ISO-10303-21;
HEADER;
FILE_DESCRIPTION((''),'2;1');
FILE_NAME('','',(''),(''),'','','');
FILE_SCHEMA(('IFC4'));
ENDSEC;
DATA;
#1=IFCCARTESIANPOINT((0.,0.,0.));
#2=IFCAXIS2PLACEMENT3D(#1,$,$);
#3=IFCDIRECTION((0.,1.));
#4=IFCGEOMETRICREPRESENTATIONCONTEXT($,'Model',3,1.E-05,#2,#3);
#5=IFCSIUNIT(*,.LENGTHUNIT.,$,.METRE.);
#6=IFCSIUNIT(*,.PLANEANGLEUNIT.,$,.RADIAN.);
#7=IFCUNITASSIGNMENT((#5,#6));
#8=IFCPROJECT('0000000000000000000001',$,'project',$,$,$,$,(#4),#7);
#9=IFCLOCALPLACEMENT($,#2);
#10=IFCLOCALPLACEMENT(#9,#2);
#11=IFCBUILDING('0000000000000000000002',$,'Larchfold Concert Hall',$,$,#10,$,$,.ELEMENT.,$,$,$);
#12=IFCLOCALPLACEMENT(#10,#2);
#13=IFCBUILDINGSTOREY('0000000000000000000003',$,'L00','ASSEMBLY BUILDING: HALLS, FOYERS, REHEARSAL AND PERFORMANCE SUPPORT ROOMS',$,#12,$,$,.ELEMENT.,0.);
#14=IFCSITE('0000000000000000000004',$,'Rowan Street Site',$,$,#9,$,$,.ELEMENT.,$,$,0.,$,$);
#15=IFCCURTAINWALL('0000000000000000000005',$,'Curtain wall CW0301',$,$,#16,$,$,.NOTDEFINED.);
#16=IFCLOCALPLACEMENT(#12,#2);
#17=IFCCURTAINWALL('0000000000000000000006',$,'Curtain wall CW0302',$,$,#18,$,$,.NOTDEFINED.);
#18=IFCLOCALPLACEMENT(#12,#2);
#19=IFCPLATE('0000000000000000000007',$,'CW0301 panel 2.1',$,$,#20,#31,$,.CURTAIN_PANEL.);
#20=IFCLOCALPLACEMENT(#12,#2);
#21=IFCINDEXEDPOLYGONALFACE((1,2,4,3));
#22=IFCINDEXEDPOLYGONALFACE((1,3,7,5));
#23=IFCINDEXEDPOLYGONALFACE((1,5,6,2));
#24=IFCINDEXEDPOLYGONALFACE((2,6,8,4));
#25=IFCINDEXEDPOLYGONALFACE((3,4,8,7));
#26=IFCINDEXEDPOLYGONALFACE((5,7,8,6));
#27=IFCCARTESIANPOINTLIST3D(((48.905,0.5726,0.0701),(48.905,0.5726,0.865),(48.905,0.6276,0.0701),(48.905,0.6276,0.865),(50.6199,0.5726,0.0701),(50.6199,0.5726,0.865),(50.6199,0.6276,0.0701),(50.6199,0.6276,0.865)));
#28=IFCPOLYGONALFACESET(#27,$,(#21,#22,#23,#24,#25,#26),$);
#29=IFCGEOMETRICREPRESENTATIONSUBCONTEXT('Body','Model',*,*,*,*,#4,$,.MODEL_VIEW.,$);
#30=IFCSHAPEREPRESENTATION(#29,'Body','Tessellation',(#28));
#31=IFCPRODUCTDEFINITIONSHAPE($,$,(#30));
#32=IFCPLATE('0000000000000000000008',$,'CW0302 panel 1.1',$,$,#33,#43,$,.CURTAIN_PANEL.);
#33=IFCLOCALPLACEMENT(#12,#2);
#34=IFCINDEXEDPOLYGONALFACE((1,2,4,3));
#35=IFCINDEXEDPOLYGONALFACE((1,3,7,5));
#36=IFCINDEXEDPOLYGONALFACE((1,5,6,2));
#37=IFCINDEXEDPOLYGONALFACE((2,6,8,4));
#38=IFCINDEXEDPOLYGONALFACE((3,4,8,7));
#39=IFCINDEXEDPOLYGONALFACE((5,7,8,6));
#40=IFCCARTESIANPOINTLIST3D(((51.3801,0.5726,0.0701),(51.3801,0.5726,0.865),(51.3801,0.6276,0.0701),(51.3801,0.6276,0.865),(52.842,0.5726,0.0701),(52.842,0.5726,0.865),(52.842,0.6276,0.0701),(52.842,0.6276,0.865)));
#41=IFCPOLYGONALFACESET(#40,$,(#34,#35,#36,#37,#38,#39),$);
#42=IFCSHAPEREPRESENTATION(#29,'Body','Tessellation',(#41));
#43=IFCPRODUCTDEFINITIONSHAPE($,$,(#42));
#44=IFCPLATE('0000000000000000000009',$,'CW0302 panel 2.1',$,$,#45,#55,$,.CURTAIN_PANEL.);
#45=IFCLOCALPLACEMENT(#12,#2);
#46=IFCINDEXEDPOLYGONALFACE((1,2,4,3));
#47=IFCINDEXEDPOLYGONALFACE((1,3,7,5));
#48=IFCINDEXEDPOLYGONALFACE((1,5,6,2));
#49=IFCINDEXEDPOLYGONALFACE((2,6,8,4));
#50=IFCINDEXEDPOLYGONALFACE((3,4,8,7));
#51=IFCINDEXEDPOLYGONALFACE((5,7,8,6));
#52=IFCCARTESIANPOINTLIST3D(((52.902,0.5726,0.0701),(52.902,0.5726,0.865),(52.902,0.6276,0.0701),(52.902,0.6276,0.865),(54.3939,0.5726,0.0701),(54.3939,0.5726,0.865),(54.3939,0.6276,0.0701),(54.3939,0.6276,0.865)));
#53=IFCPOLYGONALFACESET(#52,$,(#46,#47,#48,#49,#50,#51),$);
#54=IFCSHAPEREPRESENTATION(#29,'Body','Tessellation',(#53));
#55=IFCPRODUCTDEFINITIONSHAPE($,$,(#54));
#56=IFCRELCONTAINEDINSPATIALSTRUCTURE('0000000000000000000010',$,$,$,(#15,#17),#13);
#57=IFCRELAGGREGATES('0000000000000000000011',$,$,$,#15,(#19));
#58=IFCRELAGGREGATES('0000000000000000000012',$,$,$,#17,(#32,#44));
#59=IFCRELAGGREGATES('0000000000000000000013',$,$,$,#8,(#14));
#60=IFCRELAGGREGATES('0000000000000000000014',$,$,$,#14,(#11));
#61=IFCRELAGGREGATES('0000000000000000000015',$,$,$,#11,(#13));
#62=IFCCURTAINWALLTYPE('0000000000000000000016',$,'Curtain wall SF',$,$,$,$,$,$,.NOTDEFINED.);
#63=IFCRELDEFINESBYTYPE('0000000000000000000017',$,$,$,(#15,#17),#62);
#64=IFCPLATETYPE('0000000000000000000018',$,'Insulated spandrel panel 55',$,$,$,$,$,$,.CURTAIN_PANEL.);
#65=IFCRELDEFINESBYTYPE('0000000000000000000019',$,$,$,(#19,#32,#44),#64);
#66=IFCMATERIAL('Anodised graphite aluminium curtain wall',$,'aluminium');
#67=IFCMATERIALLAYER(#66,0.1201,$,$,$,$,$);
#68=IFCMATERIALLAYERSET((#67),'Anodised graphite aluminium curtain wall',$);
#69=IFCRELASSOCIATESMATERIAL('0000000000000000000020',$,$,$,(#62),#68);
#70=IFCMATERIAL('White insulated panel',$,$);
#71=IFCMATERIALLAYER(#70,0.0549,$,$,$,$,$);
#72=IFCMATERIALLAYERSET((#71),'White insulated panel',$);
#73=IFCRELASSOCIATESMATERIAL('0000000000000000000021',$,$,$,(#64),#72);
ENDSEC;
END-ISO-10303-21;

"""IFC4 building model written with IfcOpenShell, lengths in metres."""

from ifc_helpers import new_model, si_unit, direction, frame, origin, origin_2d, place, context, subcontext, project, spatial, rectangle, extrude, material, layer, layer_set, type_object, element, aggregate, save


model = new_model("IFC4")

# Units and contexts
model_context = context("Model", 3, precision=1e-05, world=origin(), true_north=direction((0.0, 1.0)))
body_context = subcontext(model_context, "Body", "Model", "MODEL_VIEW")
ifc_project = project(units=[si_unit("LENGTHUNIT", "METRE"), si_unit("PLANEANGLEUNIT", "RADIAN")], contexts=[model_context])

# Site, building, storey
site_placement = place(None, origin())
site = spatial("IfcSite", under=ifc_project, at=site_placement, Name="Rowan Street Site", CompositionType="ELEMENT", RefElevation=0.0)
building_placement = place(site_placement, origin())
building = spatial("IfcBuilding", under=site, at=building_placement, Name="Larchfold Concert Hall", CompositionType="ELEMENT")
storey_placement = place(building_placement, origin())
storey = spatial("IfcBuildingStorey", under=building, at=storey_placement, Name="L00", Description="ASSEMBLY BUILDING: HALLS, FOYERS, REHEARSAL AND PERFORMANCE SUPPORT ROOMS", CompositionType="ELEMENT", Elevation=0.0)

# Curtain walls
ifc_material_1 = material(Name="Anodised graphite aluminium curtain wall", Category="aluminium")
ifc_layer_1 = layer(ifc_material_1, 0.1201)
ifc_layer_set_1 = layer_set([ifc_layer_1], Name="Anodised graphite aluminium curtain wall")
curtain_wall_type = type_object("IfcCurtainWallType", Name="Curtain wall SF", PredefinedType="NOTDEFINED", material=ifc_layer_set_1)
curtain_wall_1_placement = place(storey_placement, origin())
curtain_wall_1 = element("IfcCurtainWall", 1, at=curtain_wall_1_placement, inside=storey, type_object=curtain_wall_type, Name="Curtain wall CW0301", PredefinedType="NOTDEFINED")
curtain_wall_2_placement = place(storey_placement, origin())
curtain_wall_2 = element("IfcCurtainWall", 2, at=curtain_wall_2_placement, inside=storey, type_object=curtain_wall_type, Name="Curtain wall CW0302", PredefinedType="NOTDEFINED")

# Plates
ifc_material_2 = material(Name="White insulated panel")
ifc_layer_2 = layer(ifc_material_2, 0.0549)
ifc_layer_set_2 = layer_set([ifc_layer_2], Name="White insulated panel")
plate_type_1 = type_object("IfcPlateType", Name="Insulated spandrel panel 55", PredefinedType="CURTAIN_PANEL", material=ifc_layer_set_2)
plate_1_placement = place(storey_placement, frame((49.7625, 0.6001, 0.0701), z_axis=(0.0, 0.0, 1.0), x_axis=(1.0, 0.0, 0.0)))
plate_1 = element("IfcPlate", 3, at=plate_1_placement, type_object=plate_type_1, Name="CW0301 panel 2.1", PredefinedType="CURTAIN_PANEL", context=body_context, shape_type="SweptSolid", body=[
    extrude(rectangle(XDim=1.7148, YDim=0.0549, at=origin_2d()), origin(), (0.0, 0.0, 1.0), 0.7949),
])
aggregate(curtain_wall_1, [plate_1])
plate_2_placement = place(storey_placement, frame((52.1111, 0.6001, 0.0701), z_axis=(0.0, 0.0, 1.0), x_axis=(1.0, 0.0, 0.0)))
plate_2 = element("IfcPlate", 4, at=plate_2_placement, type_object=plate_type_1, Name="CW0302 panel 1.1", PredefinedType="CURTAIN_PANEL", context=body_context, shape_type="SweptSolid", body=[
    extrude(rectangle(XDim=1.4619, YDim=0.0549, at=origin_2d()), origin(), (0.0, 0.0, 1.0), 0.7949),
])
plate_3_placement = place(storey_placement, frame((53.6479, 0.6001, 0.0701), z_axis=(0.0, 0.0, 1.0), x_axis=(1.0, 0.0, 0.0)))
plate_3 = element("IfcPlate", 5, at=plate_3_placement, type_object=plate_type_1, Name="CW0302 panel 2.1", PredefinedType="CURTAIN_PANEL", context=body_context, shape_type="SweptSolid", body=[
    extrude(rectangle(XDim=1.4919, YDim=0.0549, at=origin_2d()), origin(), (0.0, 0.0, 1.0), 0.7949),
])
aggregate(curtain_wall_2, [plate_2, plate_3])

save(model, "model.ifc")
